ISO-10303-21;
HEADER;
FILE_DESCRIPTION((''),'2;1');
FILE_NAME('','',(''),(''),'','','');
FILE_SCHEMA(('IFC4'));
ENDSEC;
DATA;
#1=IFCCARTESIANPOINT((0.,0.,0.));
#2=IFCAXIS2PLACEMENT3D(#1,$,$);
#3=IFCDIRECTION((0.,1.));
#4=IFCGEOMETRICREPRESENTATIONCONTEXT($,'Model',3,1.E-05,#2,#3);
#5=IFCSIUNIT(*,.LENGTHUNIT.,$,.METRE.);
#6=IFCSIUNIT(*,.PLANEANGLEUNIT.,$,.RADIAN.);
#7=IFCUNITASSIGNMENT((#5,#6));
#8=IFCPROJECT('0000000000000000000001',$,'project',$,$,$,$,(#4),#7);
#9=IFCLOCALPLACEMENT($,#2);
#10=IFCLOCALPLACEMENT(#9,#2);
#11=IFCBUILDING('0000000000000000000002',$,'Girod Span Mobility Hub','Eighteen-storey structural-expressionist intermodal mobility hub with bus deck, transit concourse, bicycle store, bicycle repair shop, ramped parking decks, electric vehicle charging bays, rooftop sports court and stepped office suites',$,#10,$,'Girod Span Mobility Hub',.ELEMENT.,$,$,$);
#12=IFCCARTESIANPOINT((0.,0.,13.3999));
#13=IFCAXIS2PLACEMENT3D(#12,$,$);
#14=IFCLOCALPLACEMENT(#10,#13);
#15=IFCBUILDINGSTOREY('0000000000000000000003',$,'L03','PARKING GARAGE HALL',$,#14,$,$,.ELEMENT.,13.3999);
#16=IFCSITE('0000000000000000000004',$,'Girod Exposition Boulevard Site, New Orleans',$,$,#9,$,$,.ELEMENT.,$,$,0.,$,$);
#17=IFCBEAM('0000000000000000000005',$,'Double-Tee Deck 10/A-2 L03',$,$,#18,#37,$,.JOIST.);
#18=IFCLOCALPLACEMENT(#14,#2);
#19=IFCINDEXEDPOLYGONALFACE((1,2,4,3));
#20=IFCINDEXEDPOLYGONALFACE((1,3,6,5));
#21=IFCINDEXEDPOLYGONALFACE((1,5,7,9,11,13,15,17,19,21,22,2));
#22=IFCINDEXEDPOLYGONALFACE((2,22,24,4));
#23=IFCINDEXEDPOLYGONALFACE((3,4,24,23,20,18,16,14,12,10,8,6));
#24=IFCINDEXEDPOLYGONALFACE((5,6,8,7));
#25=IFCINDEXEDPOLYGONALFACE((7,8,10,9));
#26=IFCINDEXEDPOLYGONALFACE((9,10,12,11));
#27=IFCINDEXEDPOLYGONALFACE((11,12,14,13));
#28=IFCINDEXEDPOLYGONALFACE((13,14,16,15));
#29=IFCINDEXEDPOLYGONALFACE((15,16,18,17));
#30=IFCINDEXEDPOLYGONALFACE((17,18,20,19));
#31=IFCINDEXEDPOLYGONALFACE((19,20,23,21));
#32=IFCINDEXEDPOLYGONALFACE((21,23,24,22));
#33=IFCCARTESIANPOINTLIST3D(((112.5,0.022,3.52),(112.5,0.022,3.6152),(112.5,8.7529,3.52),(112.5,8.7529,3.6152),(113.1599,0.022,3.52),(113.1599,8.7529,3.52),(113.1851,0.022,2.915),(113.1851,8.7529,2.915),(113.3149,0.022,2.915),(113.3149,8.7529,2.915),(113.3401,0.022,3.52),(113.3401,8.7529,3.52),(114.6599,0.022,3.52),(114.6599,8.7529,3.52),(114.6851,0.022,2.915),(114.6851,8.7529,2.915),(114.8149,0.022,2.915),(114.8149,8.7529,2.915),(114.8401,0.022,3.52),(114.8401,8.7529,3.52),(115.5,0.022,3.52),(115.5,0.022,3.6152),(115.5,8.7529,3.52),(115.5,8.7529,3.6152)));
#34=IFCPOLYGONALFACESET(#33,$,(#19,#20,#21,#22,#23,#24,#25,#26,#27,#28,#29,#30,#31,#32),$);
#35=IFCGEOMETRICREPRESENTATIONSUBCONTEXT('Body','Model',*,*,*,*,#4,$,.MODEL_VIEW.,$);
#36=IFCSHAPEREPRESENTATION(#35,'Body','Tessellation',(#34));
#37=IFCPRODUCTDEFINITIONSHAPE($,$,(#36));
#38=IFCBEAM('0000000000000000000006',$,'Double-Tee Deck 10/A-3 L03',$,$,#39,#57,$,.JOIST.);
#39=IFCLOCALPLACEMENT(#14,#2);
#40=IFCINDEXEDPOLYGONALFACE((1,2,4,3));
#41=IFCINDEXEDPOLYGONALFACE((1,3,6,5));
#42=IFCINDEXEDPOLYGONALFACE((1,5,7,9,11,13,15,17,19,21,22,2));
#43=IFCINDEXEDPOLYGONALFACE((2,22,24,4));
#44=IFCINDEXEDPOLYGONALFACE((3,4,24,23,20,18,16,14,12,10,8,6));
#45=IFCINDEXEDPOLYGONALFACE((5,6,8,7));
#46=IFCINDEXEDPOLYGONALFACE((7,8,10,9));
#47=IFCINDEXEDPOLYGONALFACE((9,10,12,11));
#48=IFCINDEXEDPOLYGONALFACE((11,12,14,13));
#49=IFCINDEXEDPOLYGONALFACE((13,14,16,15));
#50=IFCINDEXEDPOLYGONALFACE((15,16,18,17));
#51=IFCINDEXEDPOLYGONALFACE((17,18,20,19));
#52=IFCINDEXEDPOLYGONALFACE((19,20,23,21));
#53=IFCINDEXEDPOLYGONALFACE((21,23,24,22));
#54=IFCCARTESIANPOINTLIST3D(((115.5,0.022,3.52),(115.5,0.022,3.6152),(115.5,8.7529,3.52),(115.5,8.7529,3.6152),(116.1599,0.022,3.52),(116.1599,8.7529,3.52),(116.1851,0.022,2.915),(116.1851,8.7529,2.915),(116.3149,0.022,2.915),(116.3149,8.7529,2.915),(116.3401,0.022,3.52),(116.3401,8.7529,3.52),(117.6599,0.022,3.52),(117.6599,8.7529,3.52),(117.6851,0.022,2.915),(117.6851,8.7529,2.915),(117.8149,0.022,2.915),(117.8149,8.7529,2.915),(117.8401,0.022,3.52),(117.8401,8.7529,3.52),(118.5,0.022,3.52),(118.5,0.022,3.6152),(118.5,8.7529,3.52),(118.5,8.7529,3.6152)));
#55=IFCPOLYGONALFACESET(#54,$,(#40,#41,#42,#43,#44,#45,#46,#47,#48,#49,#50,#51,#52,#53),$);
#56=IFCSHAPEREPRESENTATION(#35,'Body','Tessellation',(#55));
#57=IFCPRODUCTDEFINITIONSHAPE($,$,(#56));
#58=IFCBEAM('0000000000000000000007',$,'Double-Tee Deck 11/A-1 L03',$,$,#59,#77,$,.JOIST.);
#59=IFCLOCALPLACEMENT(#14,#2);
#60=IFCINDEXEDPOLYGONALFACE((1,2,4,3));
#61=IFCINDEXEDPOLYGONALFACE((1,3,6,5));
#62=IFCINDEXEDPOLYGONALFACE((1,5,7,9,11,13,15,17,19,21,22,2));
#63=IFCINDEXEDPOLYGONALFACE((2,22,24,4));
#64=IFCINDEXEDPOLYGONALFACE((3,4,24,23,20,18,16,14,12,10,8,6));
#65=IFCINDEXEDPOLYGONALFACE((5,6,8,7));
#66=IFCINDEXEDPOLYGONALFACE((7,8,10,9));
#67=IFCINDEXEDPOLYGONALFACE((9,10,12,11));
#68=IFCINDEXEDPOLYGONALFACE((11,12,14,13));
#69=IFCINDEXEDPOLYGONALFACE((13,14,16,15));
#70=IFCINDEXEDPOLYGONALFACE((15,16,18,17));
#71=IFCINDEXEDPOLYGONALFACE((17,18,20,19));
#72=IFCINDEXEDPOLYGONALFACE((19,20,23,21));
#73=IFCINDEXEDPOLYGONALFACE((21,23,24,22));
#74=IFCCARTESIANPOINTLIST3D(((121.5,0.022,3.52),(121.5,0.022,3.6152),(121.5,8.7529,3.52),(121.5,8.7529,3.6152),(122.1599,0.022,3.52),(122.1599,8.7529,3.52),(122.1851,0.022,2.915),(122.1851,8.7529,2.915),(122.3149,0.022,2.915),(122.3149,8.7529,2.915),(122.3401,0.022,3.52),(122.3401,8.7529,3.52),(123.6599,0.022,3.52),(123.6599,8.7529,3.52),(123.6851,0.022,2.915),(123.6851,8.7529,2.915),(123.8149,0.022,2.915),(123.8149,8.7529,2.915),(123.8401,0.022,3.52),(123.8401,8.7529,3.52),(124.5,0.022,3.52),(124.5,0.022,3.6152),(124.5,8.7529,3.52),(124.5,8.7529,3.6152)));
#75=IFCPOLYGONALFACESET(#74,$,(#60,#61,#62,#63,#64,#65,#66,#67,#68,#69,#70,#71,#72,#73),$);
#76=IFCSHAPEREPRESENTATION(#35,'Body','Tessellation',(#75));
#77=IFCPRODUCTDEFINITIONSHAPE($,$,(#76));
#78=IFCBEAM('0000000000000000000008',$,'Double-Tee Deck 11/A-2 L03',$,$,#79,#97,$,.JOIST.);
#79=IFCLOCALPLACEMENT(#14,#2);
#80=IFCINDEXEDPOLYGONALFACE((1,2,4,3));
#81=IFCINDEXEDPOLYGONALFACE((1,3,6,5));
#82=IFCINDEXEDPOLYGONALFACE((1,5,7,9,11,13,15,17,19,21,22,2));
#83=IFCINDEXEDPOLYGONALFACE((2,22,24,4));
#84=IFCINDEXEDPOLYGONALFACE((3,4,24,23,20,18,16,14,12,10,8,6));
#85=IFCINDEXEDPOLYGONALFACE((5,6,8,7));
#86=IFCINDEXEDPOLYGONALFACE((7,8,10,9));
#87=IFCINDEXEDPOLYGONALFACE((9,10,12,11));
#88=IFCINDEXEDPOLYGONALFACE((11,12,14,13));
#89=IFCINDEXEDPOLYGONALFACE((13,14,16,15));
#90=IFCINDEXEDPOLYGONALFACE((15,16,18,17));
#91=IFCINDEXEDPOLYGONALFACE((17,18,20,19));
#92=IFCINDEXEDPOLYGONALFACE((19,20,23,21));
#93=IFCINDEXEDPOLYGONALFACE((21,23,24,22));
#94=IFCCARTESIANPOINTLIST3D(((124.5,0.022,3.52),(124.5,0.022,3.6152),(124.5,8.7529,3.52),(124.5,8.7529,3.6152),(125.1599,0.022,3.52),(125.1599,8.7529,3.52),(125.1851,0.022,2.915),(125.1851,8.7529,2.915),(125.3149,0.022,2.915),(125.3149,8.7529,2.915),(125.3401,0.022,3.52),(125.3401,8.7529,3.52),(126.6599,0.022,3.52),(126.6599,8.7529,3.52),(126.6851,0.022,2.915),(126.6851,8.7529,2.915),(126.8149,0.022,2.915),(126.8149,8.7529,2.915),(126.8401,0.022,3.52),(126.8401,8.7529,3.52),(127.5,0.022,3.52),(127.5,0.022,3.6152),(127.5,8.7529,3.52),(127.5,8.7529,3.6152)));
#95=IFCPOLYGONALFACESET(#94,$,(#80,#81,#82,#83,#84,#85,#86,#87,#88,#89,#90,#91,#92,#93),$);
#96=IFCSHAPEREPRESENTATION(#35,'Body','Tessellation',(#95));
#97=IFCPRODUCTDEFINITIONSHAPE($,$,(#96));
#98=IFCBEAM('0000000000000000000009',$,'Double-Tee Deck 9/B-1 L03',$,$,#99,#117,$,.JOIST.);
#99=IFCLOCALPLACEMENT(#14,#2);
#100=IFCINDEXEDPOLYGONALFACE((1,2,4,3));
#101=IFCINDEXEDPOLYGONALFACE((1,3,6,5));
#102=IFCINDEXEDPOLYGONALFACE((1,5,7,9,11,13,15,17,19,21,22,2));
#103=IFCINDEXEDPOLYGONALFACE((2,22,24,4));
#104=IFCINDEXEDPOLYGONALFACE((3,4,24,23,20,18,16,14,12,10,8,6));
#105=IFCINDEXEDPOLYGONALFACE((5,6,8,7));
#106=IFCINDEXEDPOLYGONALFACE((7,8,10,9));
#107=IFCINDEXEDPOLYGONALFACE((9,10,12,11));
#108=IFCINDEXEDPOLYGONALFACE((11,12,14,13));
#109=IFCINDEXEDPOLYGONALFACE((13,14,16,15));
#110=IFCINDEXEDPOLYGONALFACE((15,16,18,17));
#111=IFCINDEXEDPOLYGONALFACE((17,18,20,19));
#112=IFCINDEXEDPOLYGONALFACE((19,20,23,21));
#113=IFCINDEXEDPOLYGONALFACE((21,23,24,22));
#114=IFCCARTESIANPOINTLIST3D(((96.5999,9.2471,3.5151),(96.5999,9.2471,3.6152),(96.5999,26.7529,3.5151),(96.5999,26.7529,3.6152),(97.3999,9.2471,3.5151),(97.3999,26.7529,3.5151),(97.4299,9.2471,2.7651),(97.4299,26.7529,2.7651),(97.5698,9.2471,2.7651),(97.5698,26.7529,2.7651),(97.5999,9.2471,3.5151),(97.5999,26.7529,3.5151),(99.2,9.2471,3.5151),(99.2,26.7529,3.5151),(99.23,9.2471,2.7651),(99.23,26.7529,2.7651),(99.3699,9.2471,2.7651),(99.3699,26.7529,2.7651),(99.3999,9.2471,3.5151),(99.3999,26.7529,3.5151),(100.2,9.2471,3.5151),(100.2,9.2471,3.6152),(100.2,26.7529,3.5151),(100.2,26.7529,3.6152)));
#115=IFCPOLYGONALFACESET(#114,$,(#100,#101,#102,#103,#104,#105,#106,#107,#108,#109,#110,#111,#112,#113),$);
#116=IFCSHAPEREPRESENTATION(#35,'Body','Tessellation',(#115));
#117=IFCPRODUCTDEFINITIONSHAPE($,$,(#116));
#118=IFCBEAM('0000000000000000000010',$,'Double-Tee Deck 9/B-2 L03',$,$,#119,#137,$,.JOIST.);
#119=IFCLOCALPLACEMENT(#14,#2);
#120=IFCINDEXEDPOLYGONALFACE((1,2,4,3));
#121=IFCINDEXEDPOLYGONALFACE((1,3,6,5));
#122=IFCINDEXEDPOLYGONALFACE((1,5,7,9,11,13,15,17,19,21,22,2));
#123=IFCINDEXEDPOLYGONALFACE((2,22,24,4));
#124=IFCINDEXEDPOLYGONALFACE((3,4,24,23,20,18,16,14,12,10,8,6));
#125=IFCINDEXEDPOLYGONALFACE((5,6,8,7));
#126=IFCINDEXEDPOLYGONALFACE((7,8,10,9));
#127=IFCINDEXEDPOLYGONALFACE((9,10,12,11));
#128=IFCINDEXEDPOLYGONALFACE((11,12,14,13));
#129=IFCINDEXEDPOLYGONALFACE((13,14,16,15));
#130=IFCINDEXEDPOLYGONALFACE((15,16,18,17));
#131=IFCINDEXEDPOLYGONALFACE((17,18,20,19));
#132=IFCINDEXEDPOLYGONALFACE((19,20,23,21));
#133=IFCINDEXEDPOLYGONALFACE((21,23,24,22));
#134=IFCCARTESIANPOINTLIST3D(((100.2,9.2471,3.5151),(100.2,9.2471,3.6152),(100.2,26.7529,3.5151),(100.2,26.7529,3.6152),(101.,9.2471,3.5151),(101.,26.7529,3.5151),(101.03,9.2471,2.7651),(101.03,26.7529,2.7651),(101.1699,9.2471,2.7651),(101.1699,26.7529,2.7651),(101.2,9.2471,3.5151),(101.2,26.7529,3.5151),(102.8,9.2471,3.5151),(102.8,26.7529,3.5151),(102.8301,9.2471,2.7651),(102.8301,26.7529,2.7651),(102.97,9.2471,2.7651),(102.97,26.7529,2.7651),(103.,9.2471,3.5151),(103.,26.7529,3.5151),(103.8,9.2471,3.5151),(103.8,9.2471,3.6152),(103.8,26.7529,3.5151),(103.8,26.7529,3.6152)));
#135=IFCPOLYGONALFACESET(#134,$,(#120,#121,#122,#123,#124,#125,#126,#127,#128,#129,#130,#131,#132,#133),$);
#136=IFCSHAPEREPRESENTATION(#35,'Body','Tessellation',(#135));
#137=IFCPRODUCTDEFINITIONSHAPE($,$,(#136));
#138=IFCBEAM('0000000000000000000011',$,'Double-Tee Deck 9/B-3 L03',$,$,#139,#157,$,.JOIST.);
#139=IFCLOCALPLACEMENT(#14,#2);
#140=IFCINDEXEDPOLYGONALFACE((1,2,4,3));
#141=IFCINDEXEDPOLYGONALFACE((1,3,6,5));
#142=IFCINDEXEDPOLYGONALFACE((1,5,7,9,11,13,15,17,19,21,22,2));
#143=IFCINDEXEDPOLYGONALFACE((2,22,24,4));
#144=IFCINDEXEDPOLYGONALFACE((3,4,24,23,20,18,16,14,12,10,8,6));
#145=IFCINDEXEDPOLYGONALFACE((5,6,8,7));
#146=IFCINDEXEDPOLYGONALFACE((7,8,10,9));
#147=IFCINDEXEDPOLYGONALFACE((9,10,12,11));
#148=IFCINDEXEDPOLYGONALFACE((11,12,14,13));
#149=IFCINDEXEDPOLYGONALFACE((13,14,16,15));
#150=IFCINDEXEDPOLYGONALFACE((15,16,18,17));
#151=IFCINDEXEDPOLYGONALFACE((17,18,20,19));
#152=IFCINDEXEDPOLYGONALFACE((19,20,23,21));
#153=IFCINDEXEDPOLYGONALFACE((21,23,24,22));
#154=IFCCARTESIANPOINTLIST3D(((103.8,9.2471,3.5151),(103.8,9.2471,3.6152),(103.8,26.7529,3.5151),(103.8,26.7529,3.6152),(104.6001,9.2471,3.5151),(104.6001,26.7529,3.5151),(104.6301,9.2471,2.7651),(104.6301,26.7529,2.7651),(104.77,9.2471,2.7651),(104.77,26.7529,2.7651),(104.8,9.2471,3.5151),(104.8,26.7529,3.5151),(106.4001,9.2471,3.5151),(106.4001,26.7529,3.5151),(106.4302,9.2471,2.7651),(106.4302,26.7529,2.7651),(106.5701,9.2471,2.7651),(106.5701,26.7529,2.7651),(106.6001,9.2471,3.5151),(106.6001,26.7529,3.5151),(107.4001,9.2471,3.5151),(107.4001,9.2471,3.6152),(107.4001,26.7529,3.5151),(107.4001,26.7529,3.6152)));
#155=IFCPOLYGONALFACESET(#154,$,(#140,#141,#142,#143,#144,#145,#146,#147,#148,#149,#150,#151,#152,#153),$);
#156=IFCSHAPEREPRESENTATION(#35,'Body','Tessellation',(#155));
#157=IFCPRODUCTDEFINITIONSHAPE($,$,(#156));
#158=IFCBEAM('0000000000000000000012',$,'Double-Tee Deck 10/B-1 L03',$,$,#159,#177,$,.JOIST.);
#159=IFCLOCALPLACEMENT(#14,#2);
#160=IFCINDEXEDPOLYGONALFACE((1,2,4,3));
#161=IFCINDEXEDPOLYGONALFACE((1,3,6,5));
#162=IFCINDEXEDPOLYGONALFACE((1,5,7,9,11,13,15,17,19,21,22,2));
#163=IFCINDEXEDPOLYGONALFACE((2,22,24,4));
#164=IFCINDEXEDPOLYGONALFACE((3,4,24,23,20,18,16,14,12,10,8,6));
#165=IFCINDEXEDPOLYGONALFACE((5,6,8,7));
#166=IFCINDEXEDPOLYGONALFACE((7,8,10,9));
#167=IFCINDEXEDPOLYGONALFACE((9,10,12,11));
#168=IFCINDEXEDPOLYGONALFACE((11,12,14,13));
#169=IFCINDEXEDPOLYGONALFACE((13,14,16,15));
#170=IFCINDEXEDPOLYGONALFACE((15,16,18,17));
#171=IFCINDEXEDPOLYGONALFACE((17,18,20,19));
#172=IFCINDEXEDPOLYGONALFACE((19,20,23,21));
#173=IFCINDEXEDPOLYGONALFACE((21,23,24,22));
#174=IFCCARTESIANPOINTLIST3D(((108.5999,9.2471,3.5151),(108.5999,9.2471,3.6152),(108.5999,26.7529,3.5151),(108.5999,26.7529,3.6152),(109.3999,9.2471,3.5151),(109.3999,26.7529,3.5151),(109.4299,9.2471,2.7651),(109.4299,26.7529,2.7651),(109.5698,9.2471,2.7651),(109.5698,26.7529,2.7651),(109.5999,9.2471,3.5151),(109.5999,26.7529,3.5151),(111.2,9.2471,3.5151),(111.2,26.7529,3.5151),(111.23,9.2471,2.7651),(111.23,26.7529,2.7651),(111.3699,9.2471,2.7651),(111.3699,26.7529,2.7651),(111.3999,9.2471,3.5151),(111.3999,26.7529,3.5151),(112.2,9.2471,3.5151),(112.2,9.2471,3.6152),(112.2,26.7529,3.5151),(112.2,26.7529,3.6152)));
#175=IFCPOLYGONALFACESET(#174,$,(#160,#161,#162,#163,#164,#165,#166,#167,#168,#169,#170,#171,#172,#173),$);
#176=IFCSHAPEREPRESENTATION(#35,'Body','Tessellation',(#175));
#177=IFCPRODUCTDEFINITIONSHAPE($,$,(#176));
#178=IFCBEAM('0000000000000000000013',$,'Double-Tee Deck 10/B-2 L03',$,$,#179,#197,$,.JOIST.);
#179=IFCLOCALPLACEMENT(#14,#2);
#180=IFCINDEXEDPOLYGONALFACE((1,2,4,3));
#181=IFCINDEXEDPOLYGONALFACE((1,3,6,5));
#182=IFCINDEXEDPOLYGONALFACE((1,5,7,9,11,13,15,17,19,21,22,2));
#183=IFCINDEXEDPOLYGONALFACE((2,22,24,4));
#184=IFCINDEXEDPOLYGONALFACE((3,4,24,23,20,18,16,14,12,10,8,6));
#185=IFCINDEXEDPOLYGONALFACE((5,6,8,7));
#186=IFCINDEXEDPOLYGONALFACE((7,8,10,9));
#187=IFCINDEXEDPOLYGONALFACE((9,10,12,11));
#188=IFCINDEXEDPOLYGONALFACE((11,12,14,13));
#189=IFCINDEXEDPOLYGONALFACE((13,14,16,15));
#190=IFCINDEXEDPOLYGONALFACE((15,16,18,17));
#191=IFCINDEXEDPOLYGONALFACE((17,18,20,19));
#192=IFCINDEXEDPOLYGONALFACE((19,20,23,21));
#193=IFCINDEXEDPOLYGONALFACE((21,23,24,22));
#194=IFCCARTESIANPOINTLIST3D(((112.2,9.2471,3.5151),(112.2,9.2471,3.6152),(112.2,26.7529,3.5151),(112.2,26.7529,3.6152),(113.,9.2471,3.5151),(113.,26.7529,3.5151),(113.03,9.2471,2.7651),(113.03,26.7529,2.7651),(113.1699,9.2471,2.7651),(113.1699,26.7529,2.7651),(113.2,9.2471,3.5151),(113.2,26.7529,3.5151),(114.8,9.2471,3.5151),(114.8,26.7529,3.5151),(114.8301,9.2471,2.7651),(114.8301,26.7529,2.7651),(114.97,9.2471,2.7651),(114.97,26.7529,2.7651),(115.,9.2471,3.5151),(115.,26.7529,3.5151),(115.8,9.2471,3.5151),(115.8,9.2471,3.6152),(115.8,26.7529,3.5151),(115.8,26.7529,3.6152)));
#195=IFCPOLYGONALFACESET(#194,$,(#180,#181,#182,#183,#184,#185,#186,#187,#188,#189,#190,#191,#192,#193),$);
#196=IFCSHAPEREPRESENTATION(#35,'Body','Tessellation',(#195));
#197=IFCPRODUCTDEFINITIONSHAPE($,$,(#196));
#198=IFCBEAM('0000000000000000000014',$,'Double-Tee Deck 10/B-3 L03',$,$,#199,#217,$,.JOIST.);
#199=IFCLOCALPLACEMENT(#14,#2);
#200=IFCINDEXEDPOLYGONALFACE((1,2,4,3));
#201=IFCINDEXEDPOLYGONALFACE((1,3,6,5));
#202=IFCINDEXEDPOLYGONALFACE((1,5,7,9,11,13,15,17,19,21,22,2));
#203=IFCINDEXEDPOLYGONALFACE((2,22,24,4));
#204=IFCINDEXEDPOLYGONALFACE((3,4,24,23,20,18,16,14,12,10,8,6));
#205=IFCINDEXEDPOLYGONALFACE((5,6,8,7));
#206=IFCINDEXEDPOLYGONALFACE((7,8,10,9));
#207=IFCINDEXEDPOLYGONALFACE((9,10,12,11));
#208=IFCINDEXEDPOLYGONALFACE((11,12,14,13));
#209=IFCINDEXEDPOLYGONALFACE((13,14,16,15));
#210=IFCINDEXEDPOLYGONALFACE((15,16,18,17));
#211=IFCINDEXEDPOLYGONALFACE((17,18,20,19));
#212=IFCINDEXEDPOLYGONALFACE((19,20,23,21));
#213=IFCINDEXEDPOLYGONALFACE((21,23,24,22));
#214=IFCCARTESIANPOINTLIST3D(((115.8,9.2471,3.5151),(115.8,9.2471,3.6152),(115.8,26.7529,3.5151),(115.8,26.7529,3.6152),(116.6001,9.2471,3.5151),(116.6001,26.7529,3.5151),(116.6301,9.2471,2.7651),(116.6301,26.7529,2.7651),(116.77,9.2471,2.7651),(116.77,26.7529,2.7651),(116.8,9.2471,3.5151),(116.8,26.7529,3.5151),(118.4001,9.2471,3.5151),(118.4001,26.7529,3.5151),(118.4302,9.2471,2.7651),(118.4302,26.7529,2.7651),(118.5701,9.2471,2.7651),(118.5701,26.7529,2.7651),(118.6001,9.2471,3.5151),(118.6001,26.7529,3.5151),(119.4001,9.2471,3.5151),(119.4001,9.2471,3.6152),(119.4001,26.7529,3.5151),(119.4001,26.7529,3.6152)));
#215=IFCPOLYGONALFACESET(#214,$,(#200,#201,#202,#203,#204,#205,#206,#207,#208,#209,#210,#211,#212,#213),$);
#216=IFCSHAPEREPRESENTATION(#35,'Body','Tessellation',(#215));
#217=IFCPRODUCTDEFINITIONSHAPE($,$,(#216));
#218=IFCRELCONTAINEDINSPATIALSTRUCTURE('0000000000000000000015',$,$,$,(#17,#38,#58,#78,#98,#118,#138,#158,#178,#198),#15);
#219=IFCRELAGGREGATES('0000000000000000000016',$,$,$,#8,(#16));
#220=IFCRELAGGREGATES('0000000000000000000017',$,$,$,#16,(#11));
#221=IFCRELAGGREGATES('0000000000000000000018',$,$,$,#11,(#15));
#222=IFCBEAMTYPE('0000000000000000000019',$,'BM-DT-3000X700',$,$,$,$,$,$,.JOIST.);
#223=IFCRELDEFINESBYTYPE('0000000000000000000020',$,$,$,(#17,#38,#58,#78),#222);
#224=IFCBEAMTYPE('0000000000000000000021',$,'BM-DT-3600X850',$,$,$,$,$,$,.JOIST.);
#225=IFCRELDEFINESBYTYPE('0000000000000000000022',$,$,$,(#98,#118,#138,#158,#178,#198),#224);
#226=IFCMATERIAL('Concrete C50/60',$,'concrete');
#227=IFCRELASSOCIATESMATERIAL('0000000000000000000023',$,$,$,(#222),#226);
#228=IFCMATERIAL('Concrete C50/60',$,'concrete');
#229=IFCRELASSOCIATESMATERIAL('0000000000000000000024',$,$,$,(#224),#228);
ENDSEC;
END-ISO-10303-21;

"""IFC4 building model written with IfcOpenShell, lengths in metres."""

from ifc_helpers import new_model, si_unit, direction, frame, origin, place, context, subcontext, project, spatial, polyline, outline, extrude, material, material_profile, profile_set, type_object, element, save


model = new_model("IFC4")

# Units and contexts
model_context = context("Model", 3, precision=1e-05, world=origin(), true_north=direction((0.0, 1.0)))
body_context = subcontext(model_context, "Body", "Model", "MODEL_VIEW")
ifc_project = project(units=[si_unit("LENGTHUNIT", "METRE"), si_unit("PLANEANGLEUNIT", "RADIAN")], contexts=[model_context])

# Site, building, storey
site_placement = place(None, origin())
site = spatial("IfcSite", under=ifc_project, at=site_placement, Name="Girod Exposition Boulevard Site, New Orleans", CompositionType="ELEMENT", RefElevation=0.0)
building_placement = place(site_placement, origin())
building = spatial("IfcBuilding", under=site, at=building_placement, Name="Girod Span Mobility Hub", Description="Eighteen-storey structural-expressionist intermodal mobility hub with bus deck, transit concourse, bicycle store, bicycle repair shop, ramped parking decks, electric vehicle charging bays, rooftop sports court and stepped office suites", LongName="Girod Span Mobility Hub", CompositionType="ELEMENT")
storey_placement = place(building_placement, frame((0.0, 0.0, 13.3999)))
storey = spatial("IfcBuildingStorey", under=building, at=storey_placement, Name="L03", Description="PARKING GARAGE HALL", CompositionType="ELEMENT", Elevation=13.3999)

# Beams
ifc_material_1 = material(Name="Concrete C50/60", Category="concrete")
ifc_material_profile_1 = material_profile(ifc_material_1, outline(polyline([(-1.5, 0.3501), (-1.5, 0.2549), (-0.8401, 0.2549), (-0.8149, -0.3501), (-0.6851, -0.3501), (-0.6599, 0.2549), (0.6599, 0.2549), (0.6851, -0.3501), (0.8149, -0.3501), (0.8401, 0.2549), (1.5, 0.2549), (1.5, 0.3501), (-1.5, 0.3501)])), Name="DT-3000X700")
ifc_profile_set_1 = profile_set([ifc_material_profile_1], Name="Concrete C50/60")
beam_type_1 = type_object("IfcBeamType", Name="BM-DT-3000X700", PredefinedType="JOIST", material=ifc_profile_set_1)
for number, where, z_axis, x_axis, name in (
    (1, (114.0, 0.022, 3.2651), (0.0, 1.0, 0.0), (-1.0, 0.0, 0.0), "Double-Tee Deck 10/A-2 L03"),
    (2, (117.0, 0.022, 3.2651), (0.0, 1.0, 0.0), (-1.0, 0.0, 0.0), "Double-Tee Deck 10/A-3 L03"),
    (3, (123.0, 0.022, 3.2651), (0.0, 1.0, 0.0), (-1.0, 0.0, 0.0), "Double-Tee Deck 11/A-1 L03"),
    (4, (126.0, 0.022, 3.2651), (0.0, 1.0, 0.0), (-1.0, 0.0, 0.0), "Double-Tee Deck 11/A-2 L03"),
):
    element("IfcBeam", number, at=place(storey_placement, frame(where, z_axis=z_axis, x_axis=x_axis)), inside=storey, type_object=beam_type_1, Name=name, PredefinedType="JOIST", context=body_context, shape_type="SweptSolid", body=[
        extrude(outline(polyline([(-1.5, 0.3501), (-1.5, 0.2549), (-0.8401, 0.2549), (-0.8149, -0.3501), (-0.6851, -0.3501), (-0.6599, 0.2549), (0.6599, 0.2549), (0.6851, -0.3501), (0.8149, -0.3501), (0.8401, 0.2549), (1.5, 0.2549), (1.5, 0.3501), (-1.5, 0.3501)])), origin(), (0.0, 0.0, 1.0), 8.731),
    ])
ifc_material_2 = material(Name="Concrete C50/60", Category="concrete")
ifc_material_profile_2 = material_profile(ifc_material_2, outline(polyline([(-1.8, 0.425), (-1.8, 0.325), (-1.0, 0.325), (-0.97, -0.425), (-0.8301, -0.425), (-0.8, 0.325), (0.8, 0.325), (0.8301, -0.425), (0.97, -0.425), (1.0, 0.325), (1.8, 0.325), (1.8, 0.425), (-1.8, 0.425)])), Name="DT-3600X850")
ifc_profile_set_2 = profile_set([ifc_material_profile_2], Name="Concrete C50/60")
beam_type_2 = type_object("IfcBeamType", Name="BM-DT-3600X850", PredefinedType="JOIST", material=ifc_profile_set_2)
for number, where, z_axis, x_axis, name in (
    (5, (98.3999, 9.2471, 3.1902), (0.0, 1.0, 0.0), (-1.0, 0.0, 0.0), "Double-Tee Deck 9/B-1 L03"),
    (6, (102.0, 9.2471, 3.1902), (0.0, 1.0, 0.0), (-1.0, 0.0, 0.0), "Double-Tee Deck 9/B-2 L03"),
    (7, (105.6001, 9.2471, 3.1902), (0.0, 1.0, 0.0), (-1.0, 0.0, 0.0), "Double-Tee Deck 9/B-3 L03"),
    (8, (110.3999, 9.2471, 3.1902), (0.0, 1.0, 0.0), (-1.0, 0.0, 0.0), "Double-Tee Deck 10/B-1 L03"),
    (9, (114.0, 9.2471, 3.1902), (0.0, 1.0, 0.0), (-1.0, 0.0, 0.0), "Double-Tee Deck 10/B-2 L03"),
    (10, (117.6001, 9.2471, 3.1902), (0.0, 1.0, 0.0), (-1.0, 0.0, 0.0), "Double-Tee Deck 10/B-3 L03"),
):
    element("IfcBeam", number, at=place(storey_placement, frame(where, z_axis=z_axis, x_axis=x_axis)), inside=storey, type_object=beam_type_2, Name=name, PredefinedType="JOIST", context=body_context, shape_type="SweptSolid", body=[
        extrude(outline(polyline([(-1.8, 0.425), (-1.8, 0.325), (-1.0, 0.325), (-0.97, -0.425), (-0.8301, -0.425), (-0.8, 0.325), (0.8, 0.325), (0.8301, -0.425), (0.97, -0.425), (1.0, 0.325), (1.8, 0.325), (1.8, 0.425), (-1.8, 0.425)])), origin(), (0.0, 0.0, 1.0), 17.5059),
    ])

save(model, "model.ifc")
